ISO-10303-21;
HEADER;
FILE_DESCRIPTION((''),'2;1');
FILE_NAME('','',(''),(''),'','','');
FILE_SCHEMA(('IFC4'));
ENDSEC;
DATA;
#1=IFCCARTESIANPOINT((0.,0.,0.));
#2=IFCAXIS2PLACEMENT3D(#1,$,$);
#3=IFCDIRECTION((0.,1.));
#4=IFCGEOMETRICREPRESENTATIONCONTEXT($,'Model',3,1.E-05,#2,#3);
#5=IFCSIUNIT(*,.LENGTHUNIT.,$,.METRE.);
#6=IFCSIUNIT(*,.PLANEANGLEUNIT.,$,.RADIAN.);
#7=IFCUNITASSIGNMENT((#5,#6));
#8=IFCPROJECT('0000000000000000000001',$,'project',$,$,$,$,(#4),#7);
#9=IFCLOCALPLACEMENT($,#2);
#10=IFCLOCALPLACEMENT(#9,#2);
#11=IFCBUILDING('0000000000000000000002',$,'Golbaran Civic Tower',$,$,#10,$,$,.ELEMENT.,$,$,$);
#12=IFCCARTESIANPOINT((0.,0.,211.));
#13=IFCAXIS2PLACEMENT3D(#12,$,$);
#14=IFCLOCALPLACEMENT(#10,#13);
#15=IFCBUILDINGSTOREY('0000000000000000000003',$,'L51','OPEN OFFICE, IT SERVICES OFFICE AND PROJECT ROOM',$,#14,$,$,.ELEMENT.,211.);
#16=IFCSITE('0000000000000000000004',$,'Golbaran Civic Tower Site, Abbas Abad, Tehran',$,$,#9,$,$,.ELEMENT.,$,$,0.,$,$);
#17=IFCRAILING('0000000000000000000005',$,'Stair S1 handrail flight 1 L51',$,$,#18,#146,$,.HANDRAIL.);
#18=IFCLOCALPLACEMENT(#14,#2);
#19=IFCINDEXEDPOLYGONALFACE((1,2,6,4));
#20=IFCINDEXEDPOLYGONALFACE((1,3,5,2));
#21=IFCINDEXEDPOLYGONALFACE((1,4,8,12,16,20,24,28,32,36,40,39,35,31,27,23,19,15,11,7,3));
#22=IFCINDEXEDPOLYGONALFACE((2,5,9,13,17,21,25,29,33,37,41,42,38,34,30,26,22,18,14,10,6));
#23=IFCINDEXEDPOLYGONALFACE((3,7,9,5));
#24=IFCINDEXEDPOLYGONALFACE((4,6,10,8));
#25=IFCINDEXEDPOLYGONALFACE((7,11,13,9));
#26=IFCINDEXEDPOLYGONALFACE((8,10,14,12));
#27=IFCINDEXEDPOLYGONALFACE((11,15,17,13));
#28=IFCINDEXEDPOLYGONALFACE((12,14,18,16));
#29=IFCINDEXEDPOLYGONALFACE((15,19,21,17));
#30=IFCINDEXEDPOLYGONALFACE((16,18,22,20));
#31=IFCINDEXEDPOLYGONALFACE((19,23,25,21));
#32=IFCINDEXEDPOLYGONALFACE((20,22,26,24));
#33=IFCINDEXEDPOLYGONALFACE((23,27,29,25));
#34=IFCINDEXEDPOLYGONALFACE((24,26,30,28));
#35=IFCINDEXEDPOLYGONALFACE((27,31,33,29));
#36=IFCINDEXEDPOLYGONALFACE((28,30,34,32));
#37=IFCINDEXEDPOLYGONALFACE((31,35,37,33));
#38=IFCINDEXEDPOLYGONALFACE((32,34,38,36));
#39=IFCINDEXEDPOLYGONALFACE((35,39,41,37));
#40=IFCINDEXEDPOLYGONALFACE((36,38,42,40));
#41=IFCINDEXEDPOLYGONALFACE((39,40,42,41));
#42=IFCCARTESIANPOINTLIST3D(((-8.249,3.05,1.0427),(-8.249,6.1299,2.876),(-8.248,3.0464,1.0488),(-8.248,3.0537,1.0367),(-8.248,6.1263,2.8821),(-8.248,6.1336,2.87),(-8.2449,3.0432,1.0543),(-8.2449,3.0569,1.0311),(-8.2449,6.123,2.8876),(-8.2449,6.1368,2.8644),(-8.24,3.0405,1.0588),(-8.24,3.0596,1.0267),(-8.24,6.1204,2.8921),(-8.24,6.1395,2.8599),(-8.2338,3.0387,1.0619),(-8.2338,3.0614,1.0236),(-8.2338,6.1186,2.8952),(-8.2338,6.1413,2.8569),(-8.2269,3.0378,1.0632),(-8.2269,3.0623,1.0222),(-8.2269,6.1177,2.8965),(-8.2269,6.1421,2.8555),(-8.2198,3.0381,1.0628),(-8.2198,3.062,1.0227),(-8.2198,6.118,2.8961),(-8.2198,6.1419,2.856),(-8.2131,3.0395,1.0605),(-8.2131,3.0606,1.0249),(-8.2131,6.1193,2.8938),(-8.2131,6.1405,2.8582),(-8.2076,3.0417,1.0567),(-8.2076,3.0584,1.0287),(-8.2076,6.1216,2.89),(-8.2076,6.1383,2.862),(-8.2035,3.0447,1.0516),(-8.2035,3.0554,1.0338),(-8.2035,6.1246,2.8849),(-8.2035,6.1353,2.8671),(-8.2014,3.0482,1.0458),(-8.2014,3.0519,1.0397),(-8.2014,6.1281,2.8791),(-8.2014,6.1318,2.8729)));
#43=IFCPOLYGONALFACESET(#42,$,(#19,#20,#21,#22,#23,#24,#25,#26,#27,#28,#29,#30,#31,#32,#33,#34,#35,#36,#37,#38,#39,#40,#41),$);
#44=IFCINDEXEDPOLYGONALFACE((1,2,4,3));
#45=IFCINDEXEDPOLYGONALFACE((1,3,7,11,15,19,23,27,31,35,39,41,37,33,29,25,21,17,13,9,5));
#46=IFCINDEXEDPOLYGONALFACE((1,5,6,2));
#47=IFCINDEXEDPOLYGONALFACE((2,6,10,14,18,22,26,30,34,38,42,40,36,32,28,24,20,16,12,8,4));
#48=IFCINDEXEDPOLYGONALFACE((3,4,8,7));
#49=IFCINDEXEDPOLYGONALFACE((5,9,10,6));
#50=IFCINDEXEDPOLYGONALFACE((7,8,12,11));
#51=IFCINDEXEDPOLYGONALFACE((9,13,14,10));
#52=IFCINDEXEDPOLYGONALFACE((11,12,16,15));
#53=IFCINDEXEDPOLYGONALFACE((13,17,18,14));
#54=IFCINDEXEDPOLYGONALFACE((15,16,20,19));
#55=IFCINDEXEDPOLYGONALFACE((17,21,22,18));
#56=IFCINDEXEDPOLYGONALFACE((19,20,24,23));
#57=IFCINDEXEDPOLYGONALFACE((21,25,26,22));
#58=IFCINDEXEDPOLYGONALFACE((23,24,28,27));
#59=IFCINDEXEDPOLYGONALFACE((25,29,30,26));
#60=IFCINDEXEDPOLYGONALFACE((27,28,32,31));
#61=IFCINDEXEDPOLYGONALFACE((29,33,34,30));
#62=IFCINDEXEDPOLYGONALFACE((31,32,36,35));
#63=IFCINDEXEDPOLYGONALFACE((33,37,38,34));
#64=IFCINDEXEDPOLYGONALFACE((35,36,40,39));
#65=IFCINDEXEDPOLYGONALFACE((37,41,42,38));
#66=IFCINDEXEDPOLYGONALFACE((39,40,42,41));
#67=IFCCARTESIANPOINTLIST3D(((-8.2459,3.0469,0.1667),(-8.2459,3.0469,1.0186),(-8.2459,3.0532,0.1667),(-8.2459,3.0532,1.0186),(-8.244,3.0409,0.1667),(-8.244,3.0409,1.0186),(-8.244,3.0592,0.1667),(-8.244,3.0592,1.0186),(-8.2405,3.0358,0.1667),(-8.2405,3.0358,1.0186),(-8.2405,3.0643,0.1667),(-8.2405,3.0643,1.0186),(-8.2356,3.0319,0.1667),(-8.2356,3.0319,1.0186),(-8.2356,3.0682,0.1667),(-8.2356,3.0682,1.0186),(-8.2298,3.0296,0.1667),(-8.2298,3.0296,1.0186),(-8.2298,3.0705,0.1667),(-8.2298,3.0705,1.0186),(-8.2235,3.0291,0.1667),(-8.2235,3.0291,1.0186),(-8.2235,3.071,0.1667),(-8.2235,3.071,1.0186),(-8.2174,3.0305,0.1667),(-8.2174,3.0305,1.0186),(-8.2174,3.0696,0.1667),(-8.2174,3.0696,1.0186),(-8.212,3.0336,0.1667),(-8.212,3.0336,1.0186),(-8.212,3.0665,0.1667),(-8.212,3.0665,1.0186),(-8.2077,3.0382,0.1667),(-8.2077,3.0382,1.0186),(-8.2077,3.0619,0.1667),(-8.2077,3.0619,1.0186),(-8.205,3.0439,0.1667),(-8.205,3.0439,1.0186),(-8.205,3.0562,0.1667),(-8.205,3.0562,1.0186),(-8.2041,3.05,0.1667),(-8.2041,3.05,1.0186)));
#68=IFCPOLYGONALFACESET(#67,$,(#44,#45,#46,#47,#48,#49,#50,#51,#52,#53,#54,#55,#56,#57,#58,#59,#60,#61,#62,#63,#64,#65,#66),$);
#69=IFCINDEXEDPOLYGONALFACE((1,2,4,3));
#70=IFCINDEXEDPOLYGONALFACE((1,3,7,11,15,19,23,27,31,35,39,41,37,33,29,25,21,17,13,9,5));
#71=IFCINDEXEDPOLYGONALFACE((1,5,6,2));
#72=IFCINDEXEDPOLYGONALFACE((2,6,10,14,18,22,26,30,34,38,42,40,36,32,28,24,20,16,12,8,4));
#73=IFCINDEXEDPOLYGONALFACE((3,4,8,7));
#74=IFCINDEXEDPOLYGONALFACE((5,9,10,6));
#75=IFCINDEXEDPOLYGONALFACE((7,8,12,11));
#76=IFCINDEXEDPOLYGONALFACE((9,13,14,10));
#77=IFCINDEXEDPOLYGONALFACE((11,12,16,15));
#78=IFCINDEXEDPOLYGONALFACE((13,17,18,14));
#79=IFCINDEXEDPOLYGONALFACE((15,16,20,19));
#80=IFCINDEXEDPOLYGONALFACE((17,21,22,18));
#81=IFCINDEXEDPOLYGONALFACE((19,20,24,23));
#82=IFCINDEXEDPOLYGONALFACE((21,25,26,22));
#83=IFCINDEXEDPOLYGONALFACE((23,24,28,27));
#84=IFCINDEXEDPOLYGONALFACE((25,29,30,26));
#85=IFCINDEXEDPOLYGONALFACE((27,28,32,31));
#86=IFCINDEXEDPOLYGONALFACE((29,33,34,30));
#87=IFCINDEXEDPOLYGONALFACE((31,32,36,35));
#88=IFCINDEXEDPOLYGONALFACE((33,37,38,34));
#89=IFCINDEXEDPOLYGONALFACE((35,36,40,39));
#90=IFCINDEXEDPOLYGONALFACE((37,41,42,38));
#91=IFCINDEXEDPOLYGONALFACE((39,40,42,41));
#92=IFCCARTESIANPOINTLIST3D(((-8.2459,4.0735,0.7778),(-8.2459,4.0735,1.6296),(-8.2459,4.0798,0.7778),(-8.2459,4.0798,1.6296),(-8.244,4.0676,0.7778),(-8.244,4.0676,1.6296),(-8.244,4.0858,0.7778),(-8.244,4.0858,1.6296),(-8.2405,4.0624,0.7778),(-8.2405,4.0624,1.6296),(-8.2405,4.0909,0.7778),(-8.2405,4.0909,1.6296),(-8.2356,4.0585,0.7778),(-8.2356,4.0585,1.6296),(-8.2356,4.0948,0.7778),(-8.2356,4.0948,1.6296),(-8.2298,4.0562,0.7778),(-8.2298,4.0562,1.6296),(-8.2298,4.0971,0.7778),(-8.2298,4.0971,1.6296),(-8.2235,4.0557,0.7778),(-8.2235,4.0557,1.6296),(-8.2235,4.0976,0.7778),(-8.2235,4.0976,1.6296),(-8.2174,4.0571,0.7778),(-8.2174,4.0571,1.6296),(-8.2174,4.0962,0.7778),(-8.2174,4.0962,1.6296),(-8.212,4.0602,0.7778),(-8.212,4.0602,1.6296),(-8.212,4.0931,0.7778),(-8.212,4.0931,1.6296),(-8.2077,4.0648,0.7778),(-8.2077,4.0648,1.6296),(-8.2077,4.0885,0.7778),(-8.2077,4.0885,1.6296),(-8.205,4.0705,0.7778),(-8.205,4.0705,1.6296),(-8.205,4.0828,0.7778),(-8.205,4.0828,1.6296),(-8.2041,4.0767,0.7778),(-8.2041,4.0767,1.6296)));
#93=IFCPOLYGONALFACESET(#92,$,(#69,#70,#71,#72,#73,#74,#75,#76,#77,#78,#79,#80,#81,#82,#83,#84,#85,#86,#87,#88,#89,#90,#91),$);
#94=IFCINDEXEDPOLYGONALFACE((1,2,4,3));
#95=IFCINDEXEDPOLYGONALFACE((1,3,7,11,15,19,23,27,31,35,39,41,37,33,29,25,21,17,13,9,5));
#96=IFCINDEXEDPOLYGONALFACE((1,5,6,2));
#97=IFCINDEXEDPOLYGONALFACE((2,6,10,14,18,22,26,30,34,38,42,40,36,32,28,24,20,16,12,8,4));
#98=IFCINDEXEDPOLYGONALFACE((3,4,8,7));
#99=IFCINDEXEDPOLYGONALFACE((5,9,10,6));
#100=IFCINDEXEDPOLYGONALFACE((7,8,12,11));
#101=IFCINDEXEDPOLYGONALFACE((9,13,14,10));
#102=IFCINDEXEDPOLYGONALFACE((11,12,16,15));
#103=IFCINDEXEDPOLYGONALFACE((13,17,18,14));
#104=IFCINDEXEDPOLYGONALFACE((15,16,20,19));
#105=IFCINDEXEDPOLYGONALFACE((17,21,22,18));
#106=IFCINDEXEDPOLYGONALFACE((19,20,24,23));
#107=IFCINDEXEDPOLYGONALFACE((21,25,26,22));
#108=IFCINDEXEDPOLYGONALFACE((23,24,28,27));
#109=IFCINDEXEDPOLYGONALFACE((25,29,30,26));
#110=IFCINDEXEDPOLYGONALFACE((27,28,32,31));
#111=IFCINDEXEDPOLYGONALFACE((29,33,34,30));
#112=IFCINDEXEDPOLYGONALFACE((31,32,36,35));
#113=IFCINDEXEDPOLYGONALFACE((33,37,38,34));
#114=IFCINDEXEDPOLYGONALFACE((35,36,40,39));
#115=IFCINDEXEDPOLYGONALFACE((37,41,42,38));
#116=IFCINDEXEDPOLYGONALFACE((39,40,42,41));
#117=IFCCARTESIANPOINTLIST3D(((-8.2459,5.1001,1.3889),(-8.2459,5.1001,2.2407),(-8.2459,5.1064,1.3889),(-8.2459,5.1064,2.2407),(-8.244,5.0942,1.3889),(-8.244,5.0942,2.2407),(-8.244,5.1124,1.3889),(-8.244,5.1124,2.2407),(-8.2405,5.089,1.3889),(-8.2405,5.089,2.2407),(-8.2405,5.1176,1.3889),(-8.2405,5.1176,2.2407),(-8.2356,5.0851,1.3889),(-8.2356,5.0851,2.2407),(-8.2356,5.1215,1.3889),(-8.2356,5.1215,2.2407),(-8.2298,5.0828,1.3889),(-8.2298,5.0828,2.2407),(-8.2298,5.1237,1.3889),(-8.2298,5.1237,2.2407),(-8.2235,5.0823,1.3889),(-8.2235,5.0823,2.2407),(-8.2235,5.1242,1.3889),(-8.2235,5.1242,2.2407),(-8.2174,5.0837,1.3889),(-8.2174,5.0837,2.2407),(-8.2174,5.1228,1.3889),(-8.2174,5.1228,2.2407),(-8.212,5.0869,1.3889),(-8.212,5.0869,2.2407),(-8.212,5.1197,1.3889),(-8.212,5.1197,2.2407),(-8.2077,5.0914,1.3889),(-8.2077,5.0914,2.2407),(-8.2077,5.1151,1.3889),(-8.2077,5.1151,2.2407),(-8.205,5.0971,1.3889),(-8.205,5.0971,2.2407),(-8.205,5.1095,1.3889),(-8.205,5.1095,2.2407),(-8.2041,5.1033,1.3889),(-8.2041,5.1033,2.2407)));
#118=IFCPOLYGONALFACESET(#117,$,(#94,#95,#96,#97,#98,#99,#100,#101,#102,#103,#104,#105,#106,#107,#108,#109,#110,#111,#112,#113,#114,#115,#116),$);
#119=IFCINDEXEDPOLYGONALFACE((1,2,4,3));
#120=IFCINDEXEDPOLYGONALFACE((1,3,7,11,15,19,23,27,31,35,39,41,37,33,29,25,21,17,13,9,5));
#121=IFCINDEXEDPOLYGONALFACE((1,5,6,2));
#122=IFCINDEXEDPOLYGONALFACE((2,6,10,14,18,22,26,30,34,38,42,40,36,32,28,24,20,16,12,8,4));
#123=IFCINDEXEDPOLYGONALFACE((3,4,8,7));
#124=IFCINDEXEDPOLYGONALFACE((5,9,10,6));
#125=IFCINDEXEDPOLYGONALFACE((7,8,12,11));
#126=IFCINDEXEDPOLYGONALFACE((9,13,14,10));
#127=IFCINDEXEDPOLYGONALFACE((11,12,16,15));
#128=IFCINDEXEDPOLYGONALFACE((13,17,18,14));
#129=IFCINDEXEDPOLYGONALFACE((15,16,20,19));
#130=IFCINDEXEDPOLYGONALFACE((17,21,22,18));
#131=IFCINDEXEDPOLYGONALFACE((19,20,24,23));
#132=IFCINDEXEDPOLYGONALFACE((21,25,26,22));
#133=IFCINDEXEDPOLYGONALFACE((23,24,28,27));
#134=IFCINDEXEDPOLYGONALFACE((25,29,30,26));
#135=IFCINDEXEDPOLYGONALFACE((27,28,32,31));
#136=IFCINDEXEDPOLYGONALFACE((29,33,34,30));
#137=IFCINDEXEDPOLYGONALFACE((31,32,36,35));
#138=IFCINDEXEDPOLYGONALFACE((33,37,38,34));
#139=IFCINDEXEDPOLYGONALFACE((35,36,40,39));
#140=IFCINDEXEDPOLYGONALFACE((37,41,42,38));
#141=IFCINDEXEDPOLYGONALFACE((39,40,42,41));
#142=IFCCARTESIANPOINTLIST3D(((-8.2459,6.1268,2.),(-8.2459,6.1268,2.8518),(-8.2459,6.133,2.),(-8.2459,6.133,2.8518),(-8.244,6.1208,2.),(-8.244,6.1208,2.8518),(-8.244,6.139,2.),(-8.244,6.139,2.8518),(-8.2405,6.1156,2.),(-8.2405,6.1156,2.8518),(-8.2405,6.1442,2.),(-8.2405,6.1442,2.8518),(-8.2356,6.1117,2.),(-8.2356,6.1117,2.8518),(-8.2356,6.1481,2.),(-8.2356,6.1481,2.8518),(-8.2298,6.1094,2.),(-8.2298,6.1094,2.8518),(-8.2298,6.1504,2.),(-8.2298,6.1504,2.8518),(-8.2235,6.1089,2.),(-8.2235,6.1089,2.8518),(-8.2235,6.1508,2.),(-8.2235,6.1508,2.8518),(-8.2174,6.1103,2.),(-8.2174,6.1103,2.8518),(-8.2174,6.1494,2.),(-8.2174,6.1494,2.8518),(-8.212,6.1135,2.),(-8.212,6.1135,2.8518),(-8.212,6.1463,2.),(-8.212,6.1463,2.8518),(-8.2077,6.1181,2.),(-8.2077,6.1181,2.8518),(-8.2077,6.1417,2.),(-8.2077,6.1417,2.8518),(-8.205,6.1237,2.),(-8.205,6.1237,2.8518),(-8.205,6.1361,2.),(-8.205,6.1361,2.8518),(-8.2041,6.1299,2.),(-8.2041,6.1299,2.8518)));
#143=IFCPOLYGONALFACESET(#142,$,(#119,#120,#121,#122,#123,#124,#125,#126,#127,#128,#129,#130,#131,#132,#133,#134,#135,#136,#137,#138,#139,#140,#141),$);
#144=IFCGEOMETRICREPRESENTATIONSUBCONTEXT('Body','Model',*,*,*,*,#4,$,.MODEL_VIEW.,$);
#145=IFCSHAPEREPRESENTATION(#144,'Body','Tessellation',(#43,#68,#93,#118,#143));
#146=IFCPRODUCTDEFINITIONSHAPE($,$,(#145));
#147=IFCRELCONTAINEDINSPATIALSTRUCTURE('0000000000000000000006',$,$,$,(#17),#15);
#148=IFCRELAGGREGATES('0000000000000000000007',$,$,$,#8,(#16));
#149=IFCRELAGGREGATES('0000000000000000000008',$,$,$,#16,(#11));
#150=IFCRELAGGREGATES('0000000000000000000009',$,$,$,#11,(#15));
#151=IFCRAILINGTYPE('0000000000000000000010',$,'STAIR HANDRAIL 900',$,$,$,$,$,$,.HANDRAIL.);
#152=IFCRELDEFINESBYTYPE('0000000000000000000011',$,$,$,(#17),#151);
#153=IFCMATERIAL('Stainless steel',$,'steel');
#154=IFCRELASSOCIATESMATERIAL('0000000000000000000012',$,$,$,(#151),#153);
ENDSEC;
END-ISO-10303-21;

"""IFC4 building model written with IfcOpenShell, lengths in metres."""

from ifc_helpers import new_model, si_unit, direction, frame, origin, origin_2d, place, context, subcontext, project, spatial, circle, extrude, material, type_object, element, save


model = new_model("IFC4")

# Units and contexts
model_context = context("Model", 3, precision=1e-05, world=origin(), true_north=direction((0.0, 1.0)))
body_context = subcontext(model_context, "Body", "Model", "MODEL_VIEW")
ifc_project = project(units=[si_unit("LENGTHUNIT", "METRE"), si_unit("PLANEANGLEUNIT", "RADIAN")], contexts=[model_context])

# Site, building, storey
site_placement = place(None, origin())
site = spatial("IfcSite", under=ifc_project, at=site_placement, Name="Golbaran Civic Tower Site, Abbas Abad, Tehran", CompositionType="ELEMENT", RefElevation=0.0)
building_placement = place(site_placement, origin())
building = spatial("IfcBuilding", under=site, at=building_placement, Name="Golbaran Civic Tower", CompositionType="ELEMENT")
storey_placement = place(building_placement, frame((0.0, 0.0, 211.0)))
storey = spatial("IfcBuildingStorey", under=building, at=storey_placement, Name="L51", Description="OPEN OFFICE, IT SERVICES OFFICE AND PROJECT ROOM", CompositionType="ELEMENT", Elevation=211.0)

# Shared definitions
ifc_material_1 = material(Name="Stainless steel", Category="steel")

# Railing
railing_type = type_object("IfcRailingType", Name="STAIR HANDRAIL 900", PredefinedType="HANDRAIL", material=ifc_material_1)
railing_1_placement = place(storey_placement, frame((-8.2251, 3.05, 0.1667)))
element("IfcRailing", 1, at=railing_1_placement, inside=storey, type_object=railing_type, Name="Stair S1 handrail flight 1 L51", PredefinedType="HANDRAIL", context=body_context, shape_type="SweptSolid", body=[
    extrude(circle(Radius=0.0239, at=origin_2d()), frame((0.0, 0.0, 0.876), z_axis=(0.0, 0.859291, 0.511487), x_axis=(-1.0, 0.0, 0.0)), (0.0, 0.0, 1.0), 3.5842),
    extrude(circle(Radius=0.021, at=origin_2d()), origin(), (0.0, 0.0, 1.0), 0.8518),
    extrude(circle(Radius=0.021, at=origin_2d()), frame((0.0, 1.0266, 0.6111)), (0.0, 0.0, 1.0), 0.8518),
    extrude(circle(Radius=0.021, at=origin_2d()), frame((0.0, 2.0532, 1.2222)), (0.0, 0.0, 1.0), 0.8518),
    extrude(circle(Radius=0.021, at=origin_2d()), frame((0.0, 3.0798, 1.8333)), (0.0, 0.0, 1.0), 0.8518),
])

save(model, "model.ifc")
